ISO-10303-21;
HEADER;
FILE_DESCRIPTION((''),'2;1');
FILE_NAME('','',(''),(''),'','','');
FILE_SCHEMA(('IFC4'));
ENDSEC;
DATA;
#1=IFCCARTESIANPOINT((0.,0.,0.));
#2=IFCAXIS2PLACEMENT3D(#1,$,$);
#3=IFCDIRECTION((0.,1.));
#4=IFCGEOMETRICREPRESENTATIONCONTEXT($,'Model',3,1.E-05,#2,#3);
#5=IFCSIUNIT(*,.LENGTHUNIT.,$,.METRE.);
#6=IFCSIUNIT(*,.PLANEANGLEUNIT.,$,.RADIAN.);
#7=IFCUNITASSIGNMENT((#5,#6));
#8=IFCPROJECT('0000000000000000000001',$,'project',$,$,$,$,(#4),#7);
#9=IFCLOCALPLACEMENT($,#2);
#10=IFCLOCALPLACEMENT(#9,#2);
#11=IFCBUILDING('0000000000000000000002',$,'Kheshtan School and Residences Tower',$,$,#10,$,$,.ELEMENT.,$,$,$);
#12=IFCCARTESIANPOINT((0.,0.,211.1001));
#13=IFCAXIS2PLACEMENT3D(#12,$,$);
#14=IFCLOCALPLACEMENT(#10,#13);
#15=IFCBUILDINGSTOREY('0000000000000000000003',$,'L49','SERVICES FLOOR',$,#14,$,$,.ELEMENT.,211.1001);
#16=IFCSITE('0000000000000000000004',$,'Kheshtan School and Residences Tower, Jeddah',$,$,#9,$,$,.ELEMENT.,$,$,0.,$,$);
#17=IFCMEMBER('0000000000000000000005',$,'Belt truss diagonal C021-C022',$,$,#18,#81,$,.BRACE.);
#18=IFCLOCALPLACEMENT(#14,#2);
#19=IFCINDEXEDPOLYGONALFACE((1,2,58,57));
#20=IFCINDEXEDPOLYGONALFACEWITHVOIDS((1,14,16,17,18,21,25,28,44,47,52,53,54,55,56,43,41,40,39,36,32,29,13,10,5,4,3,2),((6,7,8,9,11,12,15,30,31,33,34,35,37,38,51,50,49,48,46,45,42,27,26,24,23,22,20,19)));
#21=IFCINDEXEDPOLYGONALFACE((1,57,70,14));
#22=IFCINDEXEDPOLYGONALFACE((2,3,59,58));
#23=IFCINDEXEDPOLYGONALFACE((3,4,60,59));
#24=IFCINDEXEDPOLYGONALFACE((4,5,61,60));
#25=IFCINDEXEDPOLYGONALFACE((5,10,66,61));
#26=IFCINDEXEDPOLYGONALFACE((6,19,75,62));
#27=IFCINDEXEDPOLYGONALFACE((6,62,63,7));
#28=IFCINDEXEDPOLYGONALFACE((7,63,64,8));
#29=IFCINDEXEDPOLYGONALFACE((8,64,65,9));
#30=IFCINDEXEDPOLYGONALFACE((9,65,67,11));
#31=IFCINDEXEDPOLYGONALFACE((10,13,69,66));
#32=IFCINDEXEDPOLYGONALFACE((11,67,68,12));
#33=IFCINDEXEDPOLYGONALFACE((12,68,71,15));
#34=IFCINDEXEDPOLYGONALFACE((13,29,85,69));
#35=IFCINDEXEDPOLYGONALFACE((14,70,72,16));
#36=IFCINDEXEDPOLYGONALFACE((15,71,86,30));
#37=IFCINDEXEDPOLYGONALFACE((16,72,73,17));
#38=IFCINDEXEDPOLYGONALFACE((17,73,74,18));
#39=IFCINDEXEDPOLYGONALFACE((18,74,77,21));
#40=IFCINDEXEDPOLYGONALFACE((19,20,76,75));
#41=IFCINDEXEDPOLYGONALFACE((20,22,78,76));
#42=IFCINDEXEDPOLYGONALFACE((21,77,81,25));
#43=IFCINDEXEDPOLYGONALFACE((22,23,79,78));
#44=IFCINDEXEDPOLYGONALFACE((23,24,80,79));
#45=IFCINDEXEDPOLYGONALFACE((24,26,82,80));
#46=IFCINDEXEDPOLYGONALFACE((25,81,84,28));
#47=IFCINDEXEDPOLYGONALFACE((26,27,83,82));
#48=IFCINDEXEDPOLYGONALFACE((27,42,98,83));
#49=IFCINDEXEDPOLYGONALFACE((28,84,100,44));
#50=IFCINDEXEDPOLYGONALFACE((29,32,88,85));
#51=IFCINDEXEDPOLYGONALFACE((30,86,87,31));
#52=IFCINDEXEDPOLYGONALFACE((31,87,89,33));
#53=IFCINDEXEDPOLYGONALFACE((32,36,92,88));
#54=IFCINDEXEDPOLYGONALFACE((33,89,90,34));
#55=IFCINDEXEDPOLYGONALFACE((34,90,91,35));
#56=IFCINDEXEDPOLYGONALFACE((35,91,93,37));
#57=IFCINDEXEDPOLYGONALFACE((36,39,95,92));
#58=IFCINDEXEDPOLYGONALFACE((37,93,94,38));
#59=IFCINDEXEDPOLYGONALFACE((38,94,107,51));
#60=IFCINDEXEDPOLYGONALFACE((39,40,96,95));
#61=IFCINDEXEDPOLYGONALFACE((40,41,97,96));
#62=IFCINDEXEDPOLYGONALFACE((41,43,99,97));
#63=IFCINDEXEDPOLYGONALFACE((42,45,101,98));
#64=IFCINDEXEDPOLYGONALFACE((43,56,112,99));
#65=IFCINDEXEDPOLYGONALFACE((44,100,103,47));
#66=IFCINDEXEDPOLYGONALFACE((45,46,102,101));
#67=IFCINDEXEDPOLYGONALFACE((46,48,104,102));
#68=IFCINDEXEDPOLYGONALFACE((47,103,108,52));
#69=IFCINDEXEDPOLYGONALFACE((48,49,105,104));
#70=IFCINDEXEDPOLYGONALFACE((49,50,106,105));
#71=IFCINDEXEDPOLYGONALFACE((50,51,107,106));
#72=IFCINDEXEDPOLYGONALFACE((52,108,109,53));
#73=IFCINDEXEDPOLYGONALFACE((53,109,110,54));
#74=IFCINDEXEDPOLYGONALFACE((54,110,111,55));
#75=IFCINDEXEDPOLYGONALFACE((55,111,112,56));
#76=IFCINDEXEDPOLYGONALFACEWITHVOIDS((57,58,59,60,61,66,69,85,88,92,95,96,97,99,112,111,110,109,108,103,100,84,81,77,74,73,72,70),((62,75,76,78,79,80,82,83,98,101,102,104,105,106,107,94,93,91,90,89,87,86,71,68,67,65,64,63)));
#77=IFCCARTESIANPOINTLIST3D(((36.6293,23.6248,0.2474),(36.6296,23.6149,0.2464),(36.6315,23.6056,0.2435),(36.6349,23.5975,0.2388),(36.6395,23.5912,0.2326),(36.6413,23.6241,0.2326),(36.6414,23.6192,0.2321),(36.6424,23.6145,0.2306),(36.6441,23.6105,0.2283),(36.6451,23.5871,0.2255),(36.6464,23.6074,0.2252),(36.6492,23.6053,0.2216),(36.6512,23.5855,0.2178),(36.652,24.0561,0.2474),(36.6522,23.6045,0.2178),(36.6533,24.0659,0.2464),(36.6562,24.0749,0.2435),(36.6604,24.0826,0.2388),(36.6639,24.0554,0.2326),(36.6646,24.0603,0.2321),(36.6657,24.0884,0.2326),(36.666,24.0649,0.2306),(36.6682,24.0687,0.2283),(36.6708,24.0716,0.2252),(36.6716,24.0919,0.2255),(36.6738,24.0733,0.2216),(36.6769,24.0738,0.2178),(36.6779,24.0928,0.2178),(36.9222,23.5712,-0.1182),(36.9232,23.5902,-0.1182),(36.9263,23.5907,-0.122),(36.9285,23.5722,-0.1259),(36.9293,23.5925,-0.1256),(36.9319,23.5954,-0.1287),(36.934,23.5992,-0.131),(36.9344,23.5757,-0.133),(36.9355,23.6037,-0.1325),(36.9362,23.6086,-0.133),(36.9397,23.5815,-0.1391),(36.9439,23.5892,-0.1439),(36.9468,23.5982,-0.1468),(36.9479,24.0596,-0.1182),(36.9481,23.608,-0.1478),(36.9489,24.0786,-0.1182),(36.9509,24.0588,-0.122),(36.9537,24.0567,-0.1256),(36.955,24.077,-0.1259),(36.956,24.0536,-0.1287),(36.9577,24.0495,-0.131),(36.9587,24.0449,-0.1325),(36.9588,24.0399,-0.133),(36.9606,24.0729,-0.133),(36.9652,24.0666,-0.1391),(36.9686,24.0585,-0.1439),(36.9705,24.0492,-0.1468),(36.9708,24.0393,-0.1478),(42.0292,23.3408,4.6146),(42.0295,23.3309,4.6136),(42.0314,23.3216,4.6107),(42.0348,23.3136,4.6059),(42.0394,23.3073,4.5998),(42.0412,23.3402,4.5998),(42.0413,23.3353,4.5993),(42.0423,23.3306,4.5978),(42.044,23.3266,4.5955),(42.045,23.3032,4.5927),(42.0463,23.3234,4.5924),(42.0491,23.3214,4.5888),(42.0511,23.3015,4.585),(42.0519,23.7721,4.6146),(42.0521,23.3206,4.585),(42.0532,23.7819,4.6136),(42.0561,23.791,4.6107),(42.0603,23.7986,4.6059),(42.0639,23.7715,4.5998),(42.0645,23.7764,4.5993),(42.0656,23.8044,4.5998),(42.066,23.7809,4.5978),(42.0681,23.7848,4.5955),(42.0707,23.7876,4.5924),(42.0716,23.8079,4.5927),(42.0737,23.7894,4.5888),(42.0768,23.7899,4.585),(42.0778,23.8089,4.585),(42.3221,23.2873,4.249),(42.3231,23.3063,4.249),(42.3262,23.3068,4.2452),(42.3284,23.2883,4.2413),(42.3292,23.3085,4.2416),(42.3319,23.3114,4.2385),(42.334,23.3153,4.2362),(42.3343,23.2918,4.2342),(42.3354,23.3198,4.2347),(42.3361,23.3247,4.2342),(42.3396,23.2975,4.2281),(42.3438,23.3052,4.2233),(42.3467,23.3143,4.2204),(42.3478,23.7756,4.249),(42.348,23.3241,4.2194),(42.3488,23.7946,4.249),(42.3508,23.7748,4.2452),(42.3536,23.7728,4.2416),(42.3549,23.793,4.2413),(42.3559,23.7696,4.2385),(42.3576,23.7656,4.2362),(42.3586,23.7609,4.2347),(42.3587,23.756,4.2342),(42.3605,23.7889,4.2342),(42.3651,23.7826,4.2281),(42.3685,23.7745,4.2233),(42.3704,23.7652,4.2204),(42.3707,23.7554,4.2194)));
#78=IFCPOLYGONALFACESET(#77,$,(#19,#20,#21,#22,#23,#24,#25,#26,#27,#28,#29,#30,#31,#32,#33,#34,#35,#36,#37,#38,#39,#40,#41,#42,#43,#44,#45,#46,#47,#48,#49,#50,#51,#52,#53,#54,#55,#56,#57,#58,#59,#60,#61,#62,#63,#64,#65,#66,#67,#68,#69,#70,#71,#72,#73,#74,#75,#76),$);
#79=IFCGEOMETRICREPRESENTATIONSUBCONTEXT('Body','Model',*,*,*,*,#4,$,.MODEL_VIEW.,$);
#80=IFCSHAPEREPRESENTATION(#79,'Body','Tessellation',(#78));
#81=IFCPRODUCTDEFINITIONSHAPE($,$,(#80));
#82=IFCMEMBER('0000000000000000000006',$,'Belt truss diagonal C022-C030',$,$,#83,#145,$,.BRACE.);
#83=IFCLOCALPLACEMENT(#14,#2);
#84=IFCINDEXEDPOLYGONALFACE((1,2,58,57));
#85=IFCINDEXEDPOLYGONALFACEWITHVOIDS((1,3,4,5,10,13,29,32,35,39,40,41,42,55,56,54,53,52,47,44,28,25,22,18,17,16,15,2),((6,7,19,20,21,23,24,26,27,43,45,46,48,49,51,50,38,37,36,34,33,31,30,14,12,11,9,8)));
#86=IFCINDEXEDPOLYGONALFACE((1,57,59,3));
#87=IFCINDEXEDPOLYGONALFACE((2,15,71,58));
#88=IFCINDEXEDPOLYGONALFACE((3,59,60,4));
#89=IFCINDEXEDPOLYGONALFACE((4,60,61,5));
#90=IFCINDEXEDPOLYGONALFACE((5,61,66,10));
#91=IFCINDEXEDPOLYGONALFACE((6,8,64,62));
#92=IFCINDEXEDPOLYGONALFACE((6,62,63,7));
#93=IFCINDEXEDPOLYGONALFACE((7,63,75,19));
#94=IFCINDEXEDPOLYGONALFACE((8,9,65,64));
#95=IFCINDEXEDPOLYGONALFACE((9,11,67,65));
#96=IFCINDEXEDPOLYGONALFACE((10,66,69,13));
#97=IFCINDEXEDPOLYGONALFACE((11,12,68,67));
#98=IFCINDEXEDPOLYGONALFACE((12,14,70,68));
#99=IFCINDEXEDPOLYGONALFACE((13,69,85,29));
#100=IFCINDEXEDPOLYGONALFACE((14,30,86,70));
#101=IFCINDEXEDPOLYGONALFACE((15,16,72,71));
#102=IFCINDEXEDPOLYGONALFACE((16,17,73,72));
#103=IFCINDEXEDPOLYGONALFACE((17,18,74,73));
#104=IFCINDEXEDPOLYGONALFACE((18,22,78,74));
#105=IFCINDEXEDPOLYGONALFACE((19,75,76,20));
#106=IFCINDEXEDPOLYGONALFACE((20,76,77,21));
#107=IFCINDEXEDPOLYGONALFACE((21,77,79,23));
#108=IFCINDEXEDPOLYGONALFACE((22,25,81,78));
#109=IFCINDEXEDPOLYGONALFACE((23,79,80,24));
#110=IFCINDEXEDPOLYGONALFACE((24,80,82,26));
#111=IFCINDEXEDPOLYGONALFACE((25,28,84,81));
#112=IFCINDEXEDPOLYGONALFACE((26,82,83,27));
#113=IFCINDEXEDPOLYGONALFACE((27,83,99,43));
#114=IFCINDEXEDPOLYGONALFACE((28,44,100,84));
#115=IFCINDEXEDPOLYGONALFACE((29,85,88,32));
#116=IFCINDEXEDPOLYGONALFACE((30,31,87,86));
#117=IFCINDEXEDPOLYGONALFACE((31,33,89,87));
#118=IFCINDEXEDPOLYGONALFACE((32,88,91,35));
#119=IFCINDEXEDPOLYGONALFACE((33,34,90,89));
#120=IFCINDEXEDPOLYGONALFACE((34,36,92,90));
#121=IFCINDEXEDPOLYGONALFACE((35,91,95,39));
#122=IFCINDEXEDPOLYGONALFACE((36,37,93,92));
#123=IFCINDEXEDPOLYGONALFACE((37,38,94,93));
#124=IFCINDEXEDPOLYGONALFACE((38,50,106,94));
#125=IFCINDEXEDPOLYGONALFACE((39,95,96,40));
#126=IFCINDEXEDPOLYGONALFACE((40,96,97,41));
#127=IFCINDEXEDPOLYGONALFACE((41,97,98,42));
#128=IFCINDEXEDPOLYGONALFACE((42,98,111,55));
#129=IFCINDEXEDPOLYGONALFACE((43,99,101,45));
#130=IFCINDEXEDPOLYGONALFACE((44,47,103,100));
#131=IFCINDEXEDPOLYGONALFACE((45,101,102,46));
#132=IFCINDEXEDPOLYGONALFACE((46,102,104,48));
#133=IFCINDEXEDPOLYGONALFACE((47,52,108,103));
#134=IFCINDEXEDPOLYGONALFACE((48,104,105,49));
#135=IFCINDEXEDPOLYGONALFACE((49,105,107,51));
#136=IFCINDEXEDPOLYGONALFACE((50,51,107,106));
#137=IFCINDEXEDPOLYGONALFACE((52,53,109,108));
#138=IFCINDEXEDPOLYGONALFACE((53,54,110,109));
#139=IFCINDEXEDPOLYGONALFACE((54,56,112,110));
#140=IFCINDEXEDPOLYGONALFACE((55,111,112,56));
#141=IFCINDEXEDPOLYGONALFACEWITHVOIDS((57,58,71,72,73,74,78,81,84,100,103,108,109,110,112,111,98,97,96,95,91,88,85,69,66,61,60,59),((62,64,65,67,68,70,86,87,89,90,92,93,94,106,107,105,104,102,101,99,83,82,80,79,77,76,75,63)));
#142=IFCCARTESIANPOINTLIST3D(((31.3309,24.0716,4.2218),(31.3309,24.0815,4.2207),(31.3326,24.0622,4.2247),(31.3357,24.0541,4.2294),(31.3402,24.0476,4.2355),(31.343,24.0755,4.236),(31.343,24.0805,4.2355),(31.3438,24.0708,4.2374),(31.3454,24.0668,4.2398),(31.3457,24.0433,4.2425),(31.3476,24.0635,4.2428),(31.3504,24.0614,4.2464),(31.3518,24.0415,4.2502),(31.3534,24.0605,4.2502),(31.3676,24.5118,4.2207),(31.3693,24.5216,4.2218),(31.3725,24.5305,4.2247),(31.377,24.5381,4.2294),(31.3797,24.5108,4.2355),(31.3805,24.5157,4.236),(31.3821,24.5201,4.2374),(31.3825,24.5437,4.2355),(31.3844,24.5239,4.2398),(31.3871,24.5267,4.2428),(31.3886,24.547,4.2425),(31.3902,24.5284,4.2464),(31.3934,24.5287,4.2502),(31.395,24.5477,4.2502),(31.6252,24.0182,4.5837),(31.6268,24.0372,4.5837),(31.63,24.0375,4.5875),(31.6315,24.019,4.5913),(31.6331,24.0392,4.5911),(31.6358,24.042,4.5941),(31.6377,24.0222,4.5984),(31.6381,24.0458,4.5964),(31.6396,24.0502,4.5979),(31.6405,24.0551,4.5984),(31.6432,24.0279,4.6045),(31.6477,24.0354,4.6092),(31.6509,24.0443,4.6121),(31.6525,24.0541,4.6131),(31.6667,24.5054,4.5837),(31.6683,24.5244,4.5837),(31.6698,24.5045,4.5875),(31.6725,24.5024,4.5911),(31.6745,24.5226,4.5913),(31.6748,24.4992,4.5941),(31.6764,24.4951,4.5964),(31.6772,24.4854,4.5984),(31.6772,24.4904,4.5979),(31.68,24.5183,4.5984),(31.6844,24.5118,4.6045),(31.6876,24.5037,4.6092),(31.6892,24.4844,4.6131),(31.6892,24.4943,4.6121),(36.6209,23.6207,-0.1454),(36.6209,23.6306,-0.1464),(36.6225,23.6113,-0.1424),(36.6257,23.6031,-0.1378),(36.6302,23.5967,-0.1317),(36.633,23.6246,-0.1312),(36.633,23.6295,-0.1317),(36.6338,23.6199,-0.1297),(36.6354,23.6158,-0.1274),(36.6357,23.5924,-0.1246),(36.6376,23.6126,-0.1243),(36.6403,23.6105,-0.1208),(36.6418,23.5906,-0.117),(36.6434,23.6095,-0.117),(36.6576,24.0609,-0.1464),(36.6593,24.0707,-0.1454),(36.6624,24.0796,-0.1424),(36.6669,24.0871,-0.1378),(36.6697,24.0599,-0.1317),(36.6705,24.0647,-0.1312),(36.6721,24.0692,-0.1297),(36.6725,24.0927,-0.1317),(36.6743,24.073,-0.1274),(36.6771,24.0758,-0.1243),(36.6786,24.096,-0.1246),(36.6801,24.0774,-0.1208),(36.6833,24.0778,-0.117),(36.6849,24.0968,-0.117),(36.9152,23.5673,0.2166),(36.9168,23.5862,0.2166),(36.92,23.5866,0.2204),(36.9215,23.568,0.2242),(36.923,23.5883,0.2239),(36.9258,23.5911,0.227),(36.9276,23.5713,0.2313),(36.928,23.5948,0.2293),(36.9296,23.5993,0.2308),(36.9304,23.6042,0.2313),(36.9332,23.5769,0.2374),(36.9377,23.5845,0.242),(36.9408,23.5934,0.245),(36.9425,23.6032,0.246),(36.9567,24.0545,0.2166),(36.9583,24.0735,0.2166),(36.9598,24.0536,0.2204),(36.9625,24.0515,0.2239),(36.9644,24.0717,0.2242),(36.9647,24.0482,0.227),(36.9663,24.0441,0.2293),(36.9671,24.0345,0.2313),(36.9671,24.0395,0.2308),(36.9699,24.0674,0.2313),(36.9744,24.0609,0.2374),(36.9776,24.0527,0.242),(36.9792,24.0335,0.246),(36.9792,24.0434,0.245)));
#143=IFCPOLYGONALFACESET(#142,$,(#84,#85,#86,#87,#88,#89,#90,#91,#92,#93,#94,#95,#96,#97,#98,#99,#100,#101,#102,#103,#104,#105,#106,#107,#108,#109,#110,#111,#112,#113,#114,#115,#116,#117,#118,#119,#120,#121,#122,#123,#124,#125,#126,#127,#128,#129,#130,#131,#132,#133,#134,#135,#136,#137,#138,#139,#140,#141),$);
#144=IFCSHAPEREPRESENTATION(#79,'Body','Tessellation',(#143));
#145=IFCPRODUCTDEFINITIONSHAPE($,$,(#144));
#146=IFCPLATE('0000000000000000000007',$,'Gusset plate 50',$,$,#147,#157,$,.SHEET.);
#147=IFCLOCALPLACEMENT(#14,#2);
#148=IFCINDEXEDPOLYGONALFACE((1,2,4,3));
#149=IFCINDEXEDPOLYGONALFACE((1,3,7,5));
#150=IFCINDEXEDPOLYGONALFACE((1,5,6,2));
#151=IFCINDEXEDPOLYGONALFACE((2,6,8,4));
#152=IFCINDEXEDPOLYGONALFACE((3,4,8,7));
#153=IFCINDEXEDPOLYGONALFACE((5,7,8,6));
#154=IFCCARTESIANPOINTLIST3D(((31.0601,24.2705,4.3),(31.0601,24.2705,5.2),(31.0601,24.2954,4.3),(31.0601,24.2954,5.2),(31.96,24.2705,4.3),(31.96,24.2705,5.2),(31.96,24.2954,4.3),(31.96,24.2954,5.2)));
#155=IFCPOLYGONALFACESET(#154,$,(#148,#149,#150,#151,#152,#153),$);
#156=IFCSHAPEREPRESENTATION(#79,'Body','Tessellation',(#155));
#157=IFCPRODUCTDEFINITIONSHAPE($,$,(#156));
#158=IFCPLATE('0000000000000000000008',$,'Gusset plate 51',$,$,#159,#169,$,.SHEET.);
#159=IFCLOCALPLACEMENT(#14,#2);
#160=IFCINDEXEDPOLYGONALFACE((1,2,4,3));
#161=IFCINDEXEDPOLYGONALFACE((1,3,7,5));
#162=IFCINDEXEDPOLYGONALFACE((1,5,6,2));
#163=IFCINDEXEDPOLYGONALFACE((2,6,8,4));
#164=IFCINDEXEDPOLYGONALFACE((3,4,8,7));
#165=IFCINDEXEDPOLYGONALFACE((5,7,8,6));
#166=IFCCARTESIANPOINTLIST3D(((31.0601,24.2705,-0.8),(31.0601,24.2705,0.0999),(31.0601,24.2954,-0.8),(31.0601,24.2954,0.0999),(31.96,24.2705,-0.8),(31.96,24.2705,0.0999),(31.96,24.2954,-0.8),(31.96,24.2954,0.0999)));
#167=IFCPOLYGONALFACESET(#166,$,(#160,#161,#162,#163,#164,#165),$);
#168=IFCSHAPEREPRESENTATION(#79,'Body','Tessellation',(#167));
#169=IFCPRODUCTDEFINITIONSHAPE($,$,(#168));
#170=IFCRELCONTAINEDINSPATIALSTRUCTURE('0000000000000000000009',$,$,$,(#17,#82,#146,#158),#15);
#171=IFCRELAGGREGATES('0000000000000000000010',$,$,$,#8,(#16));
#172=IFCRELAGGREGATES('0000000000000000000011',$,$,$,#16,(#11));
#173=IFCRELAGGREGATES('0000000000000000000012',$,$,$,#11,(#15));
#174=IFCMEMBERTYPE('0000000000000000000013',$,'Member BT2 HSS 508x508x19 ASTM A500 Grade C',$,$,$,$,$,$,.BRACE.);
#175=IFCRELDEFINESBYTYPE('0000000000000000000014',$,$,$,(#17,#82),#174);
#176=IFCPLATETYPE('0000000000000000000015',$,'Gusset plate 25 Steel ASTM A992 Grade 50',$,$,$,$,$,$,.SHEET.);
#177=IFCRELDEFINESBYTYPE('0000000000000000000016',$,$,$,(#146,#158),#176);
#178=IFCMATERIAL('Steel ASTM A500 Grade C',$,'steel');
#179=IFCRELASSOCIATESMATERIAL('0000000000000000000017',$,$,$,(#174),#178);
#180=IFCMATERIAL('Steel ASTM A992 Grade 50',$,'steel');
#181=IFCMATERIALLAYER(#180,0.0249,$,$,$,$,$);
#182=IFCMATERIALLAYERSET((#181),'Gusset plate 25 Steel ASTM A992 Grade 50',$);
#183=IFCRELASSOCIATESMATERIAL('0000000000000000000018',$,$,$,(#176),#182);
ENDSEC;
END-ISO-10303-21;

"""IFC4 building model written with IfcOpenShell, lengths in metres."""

from ifc_helpers import new_model, si_unit, direction, frame, origin, origin_2d, place, context, subcontext, project, spatial, rectangle, hollow_rectangle, extrude, material, layer, layer_set, material_profile, profile_set, type_object, element, save


model = new_model("IFC4")

# Units and contexts
model_context = context("Model", 3, precision=1e-05, world=origin(), true_north=direction((0.0, 1.0)))
body_context = subcontext(model_context, "Body", "Model", "MODEL_VIEW")
ifc_project = project(units=[si_unit("LENGTHUNIT", "METRE"), si_unit("PLANEANGLEUNIT", "RADIAN")], contexts=[model_context])

# Site, building, storey
site_placement = place(None, origin())
site = spatial("IfcSite", under=ifc_project, at=site_placement, Name="Kheshtan School and Residences Tower, Jeddah", CompositionType="ELEMENT", RefElevation=0.0)
building_placement = place(site_placement, origin())
building = spatial("IfcBuilding", under=site, at=building_placement, Name="Kheshtan School and Residences Tower", CompositionType="ELEMENT")
storey_placement = place(building_placement, frame((0.0, 0.0, 211.1001)))
storey = spatial("IfcBuildingStorey", under=building, at=storey_placement, Name="L49", Description="SERVICES FLOOR", CompositionType="ELEMENT", Elevation=211.1001)

# Shared definitions
ifc_material_1 = material(Name="Steel ASTM A992 Grade 50", Category="steel")

# Members
ifc_material_2 = material(Name="Steel ASTM A500 Grade C", Category="steel")
ifc_material_profile_1 = material_profile(ifc_material_2, hollow_rectangle(XDim=0.5081, YDim=0.5081, WallThickness=0.019, InnerFilletRadius=0.019, OuterFilletRadius=0.0381, at=origin_2d()), Name="HSS 508x508x19")
ifc_profile_set_1 = profile_set([ifc_material_profile_1], Name="Steel ASTM A500 Grade C")
member_type = type_object("IfcMemberType", Name="Member BT2 HSS 508x508x19 ASTM A500 Grade C", PredefinedType="BRACE", material=ifc_profile_set_1)
member_1_placement = place(storey_placement, frame((36.8, 23.832, 0.0498), z_axis=(0.776889, -0.04085, 0.628311), x_axis=(0.052509, 0.99862, 0.0)))
element("IfcMember", 1, at=member_1_placement, inside=storey, type_object=member_type, Name="Belt truss diagonal C021-C022", PredefinedType="BRACE", context=body_context, shape_type="SweptSolid", body=[
    extrude(hollow_rectangle(XDim=0.5081, YDim=0.5081, WallThickness=0.019, InnerFilletRadius=0.019, OuterFilletRadius=0.0381, at=origin_2d()), origin(), (0.0, 0.0, 1.0), 6.9507),
])
member_2_placement = place(storey_placement, frame((36.8, 23.832, 0.0498), z_axis=(-0.769505, 0.065593, 0.635264), x_axis=(-0.084933, -0.996387, 0.0)))
element("IfcMember", 2, at=member_2_placement, inside=storey, type_object=member_type, Name="Belt truss diagonal C022-C030", PredefinedType="BRACE", context=body_context, shape_type="SweptSolid", body=[
    extrude(hollow_rectangle(XDim=0.5081, YDim=0.5081, WallThickness=0.019, InnerFilletRadius=0.019, OuterFilletRadius=0.0381, at=origin_2d()), origin(), (0.0, 0.0, 1.0), 6.8745),
])

# Plates
ifc_layer_1 = layer(ifc_material_1, 0.0249)
ifc_layer_set_1 = layer_set([ifc_layer_1], Name="Gusset plate 25 Steel ASTM A992 Grade 50")
plate_type = type_object("IfcPlateType", Name="Gusset plate 25 Steel ASTM A992 Grade 50", PredefinedType="SHEET", material=ifc_layer_set_1)
for number, where, z_axis, x_axis, name in (
    (3, (31.51, 24.283, 4.3), (0.0, 0.0, 1.0), (1.0, 0.0, 0.0), "Gusset plate 50"),
    (4, (31.51, 24.283, -0.8), (0.0, 0.0, 1.0), (1.0, 0.0, 0.0), "Gusset plate 51"),
):
    element("IfcPlate", number, at=place(storey_placement, frame(where, z_axis=z_axis, x_axis=x_axis)), inside=storey, type_object=plate_type, Name=name, PredefinedType="SHEET", context=body_context, shape_type="SweptSolid", body=[
        extrude(rectangle(XDim=0.8999, YDim=0.0249, at=origin_2d()), origin(), (0.0, 0.0, 1.0), 0.8999),
    ])

save(model, "model.ifc")
